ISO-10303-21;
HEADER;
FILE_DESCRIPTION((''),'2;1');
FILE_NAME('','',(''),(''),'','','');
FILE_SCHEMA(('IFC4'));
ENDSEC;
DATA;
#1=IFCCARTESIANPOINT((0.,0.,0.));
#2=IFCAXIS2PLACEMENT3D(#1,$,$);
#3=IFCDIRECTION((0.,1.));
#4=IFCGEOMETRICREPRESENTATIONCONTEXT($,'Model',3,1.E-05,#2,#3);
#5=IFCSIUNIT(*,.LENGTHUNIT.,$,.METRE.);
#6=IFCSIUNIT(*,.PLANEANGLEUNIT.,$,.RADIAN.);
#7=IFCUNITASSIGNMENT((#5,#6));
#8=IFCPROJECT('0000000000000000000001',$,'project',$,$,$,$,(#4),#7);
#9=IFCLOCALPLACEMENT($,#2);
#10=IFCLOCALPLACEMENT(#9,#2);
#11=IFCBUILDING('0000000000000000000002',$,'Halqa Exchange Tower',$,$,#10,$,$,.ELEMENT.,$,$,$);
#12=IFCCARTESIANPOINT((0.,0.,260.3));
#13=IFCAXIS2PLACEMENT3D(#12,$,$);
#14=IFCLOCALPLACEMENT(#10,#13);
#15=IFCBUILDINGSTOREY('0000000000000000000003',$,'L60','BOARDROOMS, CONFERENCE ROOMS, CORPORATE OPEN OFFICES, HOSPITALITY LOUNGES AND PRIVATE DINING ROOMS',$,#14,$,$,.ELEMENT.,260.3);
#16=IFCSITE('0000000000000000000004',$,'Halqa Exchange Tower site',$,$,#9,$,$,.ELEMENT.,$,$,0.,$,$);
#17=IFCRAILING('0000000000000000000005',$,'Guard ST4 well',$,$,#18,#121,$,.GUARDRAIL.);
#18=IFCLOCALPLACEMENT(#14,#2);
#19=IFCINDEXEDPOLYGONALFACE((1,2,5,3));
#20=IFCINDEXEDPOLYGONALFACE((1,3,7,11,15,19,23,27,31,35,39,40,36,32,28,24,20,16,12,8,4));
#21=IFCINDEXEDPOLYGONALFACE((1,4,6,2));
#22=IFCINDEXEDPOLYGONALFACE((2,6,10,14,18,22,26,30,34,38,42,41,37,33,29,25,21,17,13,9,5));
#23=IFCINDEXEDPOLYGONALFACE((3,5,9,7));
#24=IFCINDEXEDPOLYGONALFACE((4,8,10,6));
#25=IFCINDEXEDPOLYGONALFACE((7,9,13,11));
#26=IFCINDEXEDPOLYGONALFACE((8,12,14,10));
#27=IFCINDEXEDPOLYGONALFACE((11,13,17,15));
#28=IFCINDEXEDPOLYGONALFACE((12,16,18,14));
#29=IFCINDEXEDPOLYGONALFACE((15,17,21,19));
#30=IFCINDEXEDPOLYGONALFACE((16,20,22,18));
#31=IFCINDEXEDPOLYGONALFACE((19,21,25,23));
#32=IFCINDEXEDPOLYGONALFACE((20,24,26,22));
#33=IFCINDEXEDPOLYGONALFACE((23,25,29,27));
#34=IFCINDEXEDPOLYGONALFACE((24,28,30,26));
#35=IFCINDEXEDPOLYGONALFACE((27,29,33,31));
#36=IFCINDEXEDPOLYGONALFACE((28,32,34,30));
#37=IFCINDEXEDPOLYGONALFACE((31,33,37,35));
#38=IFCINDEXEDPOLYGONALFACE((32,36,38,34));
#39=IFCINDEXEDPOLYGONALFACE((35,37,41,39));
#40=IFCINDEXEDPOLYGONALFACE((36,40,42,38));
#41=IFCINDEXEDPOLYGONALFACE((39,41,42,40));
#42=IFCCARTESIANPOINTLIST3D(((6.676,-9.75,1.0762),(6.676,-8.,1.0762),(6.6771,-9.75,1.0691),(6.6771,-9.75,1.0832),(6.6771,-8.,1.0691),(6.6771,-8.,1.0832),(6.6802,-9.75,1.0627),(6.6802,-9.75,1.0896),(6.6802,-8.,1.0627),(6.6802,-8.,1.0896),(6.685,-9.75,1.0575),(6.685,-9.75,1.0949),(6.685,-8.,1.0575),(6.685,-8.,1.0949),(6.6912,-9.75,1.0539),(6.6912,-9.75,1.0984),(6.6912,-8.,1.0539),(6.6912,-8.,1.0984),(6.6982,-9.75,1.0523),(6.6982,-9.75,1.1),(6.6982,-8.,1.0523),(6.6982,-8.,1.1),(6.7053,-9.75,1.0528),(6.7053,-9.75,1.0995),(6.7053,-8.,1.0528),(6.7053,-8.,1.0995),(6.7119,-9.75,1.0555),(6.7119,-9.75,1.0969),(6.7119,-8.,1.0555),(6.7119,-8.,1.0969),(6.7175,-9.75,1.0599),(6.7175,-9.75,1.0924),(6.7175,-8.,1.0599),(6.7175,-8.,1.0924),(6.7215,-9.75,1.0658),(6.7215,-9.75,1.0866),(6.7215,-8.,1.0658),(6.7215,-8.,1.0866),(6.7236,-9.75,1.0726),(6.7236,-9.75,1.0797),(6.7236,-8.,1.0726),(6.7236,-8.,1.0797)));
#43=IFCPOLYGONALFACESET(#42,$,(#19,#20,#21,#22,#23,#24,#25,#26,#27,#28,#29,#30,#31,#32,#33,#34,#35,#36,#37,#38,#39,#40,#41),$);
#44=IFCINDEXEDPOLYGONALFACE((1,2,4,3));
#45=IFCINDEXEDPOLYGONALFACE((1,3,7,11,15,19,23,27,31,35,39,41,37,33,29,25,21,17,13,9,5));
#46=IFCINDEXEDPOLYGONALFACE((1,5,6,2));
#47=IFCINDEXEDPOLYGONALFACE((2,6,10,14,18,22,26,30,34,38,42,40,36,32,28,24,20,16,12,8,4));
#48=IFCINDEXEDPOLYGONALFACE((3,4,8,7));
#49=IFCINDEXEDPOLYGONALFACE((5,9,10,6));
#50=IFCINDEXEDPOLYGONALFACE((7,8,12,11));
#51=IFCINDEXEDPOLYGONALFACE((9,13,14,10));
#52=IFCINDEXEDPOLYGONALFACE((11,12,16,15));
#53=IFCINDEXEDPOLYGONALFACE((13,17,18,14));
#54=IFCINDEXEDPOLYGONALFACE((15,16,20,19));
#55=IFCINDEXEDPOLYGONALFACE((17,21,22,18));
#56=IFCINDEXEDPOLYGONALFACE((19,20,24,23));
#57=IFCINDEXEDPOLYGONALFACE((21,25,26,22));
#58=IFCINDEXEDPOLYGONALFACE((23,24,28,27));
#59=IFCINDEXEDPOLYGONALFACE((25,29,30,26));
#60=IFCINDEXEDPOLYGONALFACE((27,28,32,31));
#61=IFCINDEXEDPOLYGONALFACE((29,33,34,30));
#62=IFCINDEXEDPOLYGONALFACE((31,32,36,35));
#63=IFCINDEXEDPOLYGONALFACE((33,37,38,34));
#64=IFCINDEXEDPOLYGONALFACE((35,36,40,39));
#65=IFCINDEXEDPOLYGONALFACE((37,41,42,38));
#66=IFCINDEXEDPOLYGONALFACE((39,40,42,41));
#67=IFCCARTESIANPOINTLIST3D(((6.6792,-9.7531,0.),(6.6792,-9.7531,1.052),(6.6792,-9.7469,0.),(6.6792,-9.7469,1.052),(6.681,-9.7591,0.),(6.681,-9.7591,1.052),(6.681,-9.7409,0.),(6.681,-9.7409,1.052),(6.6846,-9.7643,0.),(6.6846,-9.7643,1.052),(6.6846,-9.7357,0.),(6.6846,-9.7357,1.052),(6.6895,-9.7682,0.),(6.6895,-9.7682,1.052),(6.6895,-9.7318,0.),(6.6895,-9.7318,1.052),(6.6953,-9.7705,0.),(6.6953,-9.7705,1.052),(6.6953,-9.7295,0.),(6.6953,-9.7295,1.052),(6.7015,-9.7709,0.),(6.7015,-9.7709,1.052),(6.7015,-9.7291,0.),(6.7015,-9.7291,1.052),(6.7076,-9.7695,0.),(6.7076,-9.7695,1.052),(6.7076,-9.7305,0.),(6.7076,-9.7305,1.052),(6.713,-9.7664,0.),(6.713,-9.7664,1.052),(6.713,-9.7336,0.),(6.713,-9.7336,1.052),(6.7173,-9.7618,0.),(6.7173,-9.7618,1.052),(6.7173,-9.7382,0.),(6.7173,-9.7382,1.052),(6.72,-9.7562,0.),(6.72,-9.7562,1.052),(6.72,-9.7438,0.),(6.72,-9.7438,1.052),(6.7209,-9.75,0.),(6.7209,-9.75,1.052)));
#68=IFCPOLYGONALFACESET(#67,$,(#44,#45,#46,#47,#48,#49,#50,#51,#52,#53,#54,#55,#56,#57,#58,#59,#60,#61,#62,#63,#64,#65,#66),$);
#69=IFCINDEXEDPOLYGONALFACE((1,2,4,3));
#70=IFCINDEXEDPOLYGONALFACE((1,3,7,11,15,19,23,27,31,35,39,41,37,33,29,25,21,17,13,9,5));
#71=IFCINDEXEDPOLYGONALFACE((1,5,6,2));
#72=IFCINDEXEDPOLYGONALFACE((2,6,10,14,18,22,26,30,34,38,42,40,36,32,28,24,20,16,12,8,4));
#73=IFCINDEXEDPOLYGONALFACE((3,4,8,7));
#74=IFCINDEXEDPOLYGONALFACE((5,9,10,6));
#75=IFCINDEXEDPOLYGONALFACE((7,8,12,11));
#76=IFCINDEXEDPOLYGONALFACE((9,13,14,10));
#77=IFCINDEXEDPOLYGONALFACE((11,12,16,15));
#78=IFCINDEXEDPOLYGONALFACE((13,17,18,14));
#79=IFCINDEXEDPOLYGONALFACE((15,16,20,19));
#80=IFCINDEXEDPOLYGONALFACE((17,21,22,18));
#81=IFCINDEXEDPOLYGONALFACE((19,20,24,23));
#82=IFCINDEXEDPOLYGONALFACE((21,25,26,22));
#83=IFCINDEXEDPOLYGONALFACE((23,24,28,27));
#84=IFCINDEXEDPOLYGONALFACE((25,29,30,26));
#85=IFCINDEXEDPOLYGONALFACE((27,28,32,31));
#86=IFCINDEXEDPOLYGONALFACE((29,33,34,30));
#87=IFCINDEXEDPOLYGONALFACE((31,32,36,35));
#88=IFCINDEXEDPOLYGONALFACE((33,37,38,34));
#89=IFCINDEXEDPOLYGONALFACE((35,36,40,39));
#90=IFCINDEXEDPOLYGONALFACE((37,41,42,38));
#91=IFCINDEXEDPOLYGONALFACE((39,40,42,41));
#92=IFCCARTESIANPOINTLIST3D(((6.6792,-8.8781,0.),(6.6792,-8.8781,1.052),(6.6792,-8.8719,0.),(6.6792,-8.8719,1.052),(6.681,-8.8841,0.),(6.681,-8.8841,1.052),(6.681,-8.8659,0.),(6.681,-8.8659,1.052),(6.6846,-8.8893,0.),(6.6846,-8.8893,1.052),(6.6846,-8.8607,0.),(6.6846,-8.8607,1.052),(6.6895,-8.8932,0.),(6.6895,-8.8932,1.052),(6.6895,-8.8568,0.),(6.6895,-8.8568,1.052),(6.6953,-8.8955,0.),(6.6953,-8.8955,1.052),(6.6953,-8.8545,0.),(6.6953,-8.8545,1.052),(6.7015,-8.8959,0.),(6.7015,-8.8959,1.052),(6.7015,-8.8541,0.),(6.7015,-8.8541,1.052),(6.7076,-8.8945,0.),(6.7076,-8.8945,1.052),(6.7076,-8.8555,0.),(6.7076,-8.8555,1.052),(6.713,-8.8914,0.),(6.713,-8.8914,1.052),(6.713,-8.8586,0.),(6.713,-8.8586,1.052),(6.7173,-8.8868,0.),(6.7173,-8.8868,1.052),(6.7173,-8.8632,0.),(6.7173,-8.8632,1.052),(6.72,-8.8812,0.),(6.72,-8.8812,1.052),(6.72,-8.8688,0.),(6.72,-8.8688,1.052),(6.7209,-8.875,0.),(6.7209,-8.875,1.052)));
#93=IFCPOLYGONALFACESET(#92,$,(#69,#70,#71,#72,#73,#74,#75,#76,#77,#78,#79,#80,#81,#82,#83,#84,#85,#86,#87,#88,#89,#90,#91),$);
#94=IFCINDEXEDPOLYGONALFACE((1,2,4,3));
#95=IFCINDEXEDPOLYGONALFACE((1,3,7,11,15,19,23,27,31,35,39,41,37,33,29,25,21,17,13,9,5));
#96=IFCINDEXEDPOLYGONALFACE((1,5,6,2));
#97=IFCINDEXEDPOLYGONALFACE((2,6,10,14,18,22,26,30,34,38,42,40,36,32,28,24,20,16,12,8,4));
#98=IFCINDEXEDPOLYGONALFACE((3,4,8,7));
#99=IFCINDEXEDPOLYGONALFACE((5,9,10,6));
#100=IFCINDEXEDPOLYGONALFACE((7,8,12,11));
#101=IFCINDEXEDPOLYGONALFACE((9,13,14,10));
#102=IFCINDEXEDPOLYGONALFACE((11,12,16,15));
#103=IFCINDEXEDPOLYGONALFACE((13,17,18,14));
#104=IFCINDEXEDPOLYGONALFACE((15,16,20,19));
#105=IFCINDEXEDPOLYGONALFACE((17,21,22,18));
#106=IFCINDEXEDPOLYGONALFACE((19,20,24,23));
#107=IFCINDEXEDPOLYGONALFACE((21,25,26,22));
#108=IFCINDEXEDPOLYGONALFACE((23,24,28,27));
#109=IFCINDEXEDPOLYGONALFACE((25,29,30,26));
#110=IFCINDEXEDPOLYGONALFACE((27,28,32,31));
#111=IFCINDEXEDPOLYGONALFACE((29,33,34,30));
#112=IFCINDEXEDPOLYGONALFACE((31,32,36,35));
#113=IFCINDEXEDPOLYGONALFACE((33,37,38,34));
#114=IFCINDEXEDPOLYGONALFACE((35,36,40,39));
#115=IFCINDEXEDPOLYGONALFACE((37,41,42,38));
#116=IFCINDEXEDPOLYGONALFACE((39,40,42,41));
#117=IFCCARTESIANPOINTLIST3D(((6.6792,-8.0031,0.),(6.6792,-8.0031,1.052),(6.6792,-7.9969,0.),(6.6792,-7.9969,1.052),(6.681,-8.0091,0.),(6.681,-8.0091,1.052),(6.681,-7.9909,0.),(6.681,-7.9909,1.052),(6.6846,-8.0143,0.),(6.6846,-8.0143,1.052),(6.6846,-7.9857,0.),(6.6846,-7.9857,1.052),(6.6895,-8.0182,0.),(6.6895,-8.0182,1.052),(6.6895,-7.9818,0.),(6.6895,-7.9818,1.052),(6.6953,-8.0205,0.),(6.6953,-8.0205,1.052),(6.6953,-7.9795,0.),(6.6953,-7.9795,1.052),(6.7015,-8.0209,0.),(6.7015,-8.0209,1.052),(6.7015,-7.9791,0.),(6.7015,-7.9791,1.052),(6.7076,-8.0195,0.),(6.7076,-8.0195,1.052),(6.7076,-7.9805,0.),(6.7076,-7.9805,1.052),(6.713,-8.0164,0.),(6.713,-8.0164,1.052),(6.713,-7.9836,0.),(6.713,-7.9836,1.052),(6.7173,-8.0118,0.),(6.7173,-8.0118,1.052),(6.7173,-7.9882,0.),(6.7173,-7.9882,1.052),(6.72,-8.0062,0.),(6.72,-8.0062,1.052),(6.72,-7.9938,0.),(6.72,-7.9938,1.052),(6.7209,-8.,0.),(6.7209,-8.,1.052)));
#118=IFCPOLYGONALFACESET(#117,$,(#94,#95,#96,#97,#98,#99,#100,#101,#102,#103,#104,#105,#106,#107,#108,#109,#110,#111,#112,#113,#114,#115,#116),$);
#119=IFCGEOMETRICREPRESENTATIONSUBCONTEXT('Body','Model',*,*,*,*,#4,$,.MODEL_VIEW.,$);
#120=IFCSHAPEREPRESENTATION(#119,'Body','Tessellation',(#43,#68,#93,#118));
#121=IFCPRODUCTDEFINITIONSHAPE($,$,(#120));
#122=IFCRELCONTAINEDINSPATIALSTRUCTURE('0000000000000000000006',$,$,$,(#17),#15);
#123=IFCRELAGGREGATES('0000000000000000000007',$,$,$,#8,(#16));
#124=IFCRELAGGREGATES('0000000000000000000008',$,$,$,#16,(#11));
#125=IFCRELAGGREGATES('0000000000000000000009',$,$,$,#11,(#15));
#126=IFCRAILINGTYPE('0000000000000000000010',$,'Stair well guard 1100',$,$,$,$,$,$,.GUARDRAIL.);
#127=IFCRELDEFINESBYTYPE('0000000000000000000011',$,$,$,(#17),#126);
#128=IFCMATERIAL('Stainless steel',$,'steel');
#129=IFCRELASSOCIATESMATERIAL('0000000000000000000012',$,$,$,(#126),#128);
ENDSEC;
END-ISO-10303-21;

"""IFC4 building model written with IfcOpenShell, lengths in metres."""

from ifc_helpers import new_model, si_unit, direction, frame, origin, origin_2d, place, context, subcontext, project, spatial, circle, extrude, material, type_object, element, save


model = new_model("IFC4")

# Units and contexts
model_context = context("Model", 3, precision=1e-05, world=origin(), true_north=direction((0.0, 1.0)))
body_context = subcontext(model_context, "Body", "Model", "MODEL_VIEW")
ifc_project = project(units=[si_unit("LENGTHUNIT", "METRE"), si_unit("PLANEANGLEUNIT", "RADIAN")], contexts=[model_context])

# Site, building, storey
site_placement = place(None, origin())
site = spatial("IfcSite", under=ifc_project, at=site_placement, Name="Halqa Exchange Tower site", CompositionType="ELEMENT", RefElevation=0.0)
building_placement = place(site_placement, origin())
building = spatial("IfcBuilding", under=site, at=building_placement, Name="Halqa Exchange Tower", CompositionType="ELEMENT")
storey_placement = place(building_placement, frame((0.0, 0.0, 260.3)))
storey = spatial("IfcBuildingStorey", under=building, at=storey_placement, Name="L60", Description="BOARDROOMS, CONFERENCE ROOMS, CORPORATE OPEN OFFICES, HOSPITALITY LOUNGES AND PRIVATE DINING ROOMS", CompositionType="ELEMENT", Elevation=260.3)

# Railing
ifc_material_1 = material(Name="Stainless steel", Category="steel")
railing_type_1 = type_object("IfcRailingType", Name="Stair well guard 1100", PredefinedType="GUARDRAIL", material=ifc_material_1)
railing_1_placement = place(storey_placement, frame((6.7, -9.75, 0.0)))
element("IfcRailing", 1, at=railing_1_placement, inside=storey, type_object=railing_type_1, Name="Guard ST4 well", PredefinedType="GUARDRAIL", context=body_context, shape_type="SweptSolid", body=[
    extrude(circle(Radius=0.0239, at=origin_2d()), frame((0.0, 0.0, 1.0762), z_axis=(0.0, 1.0, 0.0), x_axis=(-1.0, 0.0, 0.0)), (0.0, 0.0, 1.0), 1.75),
    extrude(circle(Radius=0.021, at=origin_2d()), origin(), (0.0, 0.0, 1.0), 1.052),
    extrude(circle(Radius=0.021, at=origin_2d()), frame((0.0, 0.875, 0.0)), (0.0, 0.0, 1.0), 1.052),
    extrude(circle(Radius=0.021, at=origin_2d()), frame((0.0, 1.75, 0.0)), (0.0, 0.0, 1.0), 1.052),
])

save(model, "model.ifc")
